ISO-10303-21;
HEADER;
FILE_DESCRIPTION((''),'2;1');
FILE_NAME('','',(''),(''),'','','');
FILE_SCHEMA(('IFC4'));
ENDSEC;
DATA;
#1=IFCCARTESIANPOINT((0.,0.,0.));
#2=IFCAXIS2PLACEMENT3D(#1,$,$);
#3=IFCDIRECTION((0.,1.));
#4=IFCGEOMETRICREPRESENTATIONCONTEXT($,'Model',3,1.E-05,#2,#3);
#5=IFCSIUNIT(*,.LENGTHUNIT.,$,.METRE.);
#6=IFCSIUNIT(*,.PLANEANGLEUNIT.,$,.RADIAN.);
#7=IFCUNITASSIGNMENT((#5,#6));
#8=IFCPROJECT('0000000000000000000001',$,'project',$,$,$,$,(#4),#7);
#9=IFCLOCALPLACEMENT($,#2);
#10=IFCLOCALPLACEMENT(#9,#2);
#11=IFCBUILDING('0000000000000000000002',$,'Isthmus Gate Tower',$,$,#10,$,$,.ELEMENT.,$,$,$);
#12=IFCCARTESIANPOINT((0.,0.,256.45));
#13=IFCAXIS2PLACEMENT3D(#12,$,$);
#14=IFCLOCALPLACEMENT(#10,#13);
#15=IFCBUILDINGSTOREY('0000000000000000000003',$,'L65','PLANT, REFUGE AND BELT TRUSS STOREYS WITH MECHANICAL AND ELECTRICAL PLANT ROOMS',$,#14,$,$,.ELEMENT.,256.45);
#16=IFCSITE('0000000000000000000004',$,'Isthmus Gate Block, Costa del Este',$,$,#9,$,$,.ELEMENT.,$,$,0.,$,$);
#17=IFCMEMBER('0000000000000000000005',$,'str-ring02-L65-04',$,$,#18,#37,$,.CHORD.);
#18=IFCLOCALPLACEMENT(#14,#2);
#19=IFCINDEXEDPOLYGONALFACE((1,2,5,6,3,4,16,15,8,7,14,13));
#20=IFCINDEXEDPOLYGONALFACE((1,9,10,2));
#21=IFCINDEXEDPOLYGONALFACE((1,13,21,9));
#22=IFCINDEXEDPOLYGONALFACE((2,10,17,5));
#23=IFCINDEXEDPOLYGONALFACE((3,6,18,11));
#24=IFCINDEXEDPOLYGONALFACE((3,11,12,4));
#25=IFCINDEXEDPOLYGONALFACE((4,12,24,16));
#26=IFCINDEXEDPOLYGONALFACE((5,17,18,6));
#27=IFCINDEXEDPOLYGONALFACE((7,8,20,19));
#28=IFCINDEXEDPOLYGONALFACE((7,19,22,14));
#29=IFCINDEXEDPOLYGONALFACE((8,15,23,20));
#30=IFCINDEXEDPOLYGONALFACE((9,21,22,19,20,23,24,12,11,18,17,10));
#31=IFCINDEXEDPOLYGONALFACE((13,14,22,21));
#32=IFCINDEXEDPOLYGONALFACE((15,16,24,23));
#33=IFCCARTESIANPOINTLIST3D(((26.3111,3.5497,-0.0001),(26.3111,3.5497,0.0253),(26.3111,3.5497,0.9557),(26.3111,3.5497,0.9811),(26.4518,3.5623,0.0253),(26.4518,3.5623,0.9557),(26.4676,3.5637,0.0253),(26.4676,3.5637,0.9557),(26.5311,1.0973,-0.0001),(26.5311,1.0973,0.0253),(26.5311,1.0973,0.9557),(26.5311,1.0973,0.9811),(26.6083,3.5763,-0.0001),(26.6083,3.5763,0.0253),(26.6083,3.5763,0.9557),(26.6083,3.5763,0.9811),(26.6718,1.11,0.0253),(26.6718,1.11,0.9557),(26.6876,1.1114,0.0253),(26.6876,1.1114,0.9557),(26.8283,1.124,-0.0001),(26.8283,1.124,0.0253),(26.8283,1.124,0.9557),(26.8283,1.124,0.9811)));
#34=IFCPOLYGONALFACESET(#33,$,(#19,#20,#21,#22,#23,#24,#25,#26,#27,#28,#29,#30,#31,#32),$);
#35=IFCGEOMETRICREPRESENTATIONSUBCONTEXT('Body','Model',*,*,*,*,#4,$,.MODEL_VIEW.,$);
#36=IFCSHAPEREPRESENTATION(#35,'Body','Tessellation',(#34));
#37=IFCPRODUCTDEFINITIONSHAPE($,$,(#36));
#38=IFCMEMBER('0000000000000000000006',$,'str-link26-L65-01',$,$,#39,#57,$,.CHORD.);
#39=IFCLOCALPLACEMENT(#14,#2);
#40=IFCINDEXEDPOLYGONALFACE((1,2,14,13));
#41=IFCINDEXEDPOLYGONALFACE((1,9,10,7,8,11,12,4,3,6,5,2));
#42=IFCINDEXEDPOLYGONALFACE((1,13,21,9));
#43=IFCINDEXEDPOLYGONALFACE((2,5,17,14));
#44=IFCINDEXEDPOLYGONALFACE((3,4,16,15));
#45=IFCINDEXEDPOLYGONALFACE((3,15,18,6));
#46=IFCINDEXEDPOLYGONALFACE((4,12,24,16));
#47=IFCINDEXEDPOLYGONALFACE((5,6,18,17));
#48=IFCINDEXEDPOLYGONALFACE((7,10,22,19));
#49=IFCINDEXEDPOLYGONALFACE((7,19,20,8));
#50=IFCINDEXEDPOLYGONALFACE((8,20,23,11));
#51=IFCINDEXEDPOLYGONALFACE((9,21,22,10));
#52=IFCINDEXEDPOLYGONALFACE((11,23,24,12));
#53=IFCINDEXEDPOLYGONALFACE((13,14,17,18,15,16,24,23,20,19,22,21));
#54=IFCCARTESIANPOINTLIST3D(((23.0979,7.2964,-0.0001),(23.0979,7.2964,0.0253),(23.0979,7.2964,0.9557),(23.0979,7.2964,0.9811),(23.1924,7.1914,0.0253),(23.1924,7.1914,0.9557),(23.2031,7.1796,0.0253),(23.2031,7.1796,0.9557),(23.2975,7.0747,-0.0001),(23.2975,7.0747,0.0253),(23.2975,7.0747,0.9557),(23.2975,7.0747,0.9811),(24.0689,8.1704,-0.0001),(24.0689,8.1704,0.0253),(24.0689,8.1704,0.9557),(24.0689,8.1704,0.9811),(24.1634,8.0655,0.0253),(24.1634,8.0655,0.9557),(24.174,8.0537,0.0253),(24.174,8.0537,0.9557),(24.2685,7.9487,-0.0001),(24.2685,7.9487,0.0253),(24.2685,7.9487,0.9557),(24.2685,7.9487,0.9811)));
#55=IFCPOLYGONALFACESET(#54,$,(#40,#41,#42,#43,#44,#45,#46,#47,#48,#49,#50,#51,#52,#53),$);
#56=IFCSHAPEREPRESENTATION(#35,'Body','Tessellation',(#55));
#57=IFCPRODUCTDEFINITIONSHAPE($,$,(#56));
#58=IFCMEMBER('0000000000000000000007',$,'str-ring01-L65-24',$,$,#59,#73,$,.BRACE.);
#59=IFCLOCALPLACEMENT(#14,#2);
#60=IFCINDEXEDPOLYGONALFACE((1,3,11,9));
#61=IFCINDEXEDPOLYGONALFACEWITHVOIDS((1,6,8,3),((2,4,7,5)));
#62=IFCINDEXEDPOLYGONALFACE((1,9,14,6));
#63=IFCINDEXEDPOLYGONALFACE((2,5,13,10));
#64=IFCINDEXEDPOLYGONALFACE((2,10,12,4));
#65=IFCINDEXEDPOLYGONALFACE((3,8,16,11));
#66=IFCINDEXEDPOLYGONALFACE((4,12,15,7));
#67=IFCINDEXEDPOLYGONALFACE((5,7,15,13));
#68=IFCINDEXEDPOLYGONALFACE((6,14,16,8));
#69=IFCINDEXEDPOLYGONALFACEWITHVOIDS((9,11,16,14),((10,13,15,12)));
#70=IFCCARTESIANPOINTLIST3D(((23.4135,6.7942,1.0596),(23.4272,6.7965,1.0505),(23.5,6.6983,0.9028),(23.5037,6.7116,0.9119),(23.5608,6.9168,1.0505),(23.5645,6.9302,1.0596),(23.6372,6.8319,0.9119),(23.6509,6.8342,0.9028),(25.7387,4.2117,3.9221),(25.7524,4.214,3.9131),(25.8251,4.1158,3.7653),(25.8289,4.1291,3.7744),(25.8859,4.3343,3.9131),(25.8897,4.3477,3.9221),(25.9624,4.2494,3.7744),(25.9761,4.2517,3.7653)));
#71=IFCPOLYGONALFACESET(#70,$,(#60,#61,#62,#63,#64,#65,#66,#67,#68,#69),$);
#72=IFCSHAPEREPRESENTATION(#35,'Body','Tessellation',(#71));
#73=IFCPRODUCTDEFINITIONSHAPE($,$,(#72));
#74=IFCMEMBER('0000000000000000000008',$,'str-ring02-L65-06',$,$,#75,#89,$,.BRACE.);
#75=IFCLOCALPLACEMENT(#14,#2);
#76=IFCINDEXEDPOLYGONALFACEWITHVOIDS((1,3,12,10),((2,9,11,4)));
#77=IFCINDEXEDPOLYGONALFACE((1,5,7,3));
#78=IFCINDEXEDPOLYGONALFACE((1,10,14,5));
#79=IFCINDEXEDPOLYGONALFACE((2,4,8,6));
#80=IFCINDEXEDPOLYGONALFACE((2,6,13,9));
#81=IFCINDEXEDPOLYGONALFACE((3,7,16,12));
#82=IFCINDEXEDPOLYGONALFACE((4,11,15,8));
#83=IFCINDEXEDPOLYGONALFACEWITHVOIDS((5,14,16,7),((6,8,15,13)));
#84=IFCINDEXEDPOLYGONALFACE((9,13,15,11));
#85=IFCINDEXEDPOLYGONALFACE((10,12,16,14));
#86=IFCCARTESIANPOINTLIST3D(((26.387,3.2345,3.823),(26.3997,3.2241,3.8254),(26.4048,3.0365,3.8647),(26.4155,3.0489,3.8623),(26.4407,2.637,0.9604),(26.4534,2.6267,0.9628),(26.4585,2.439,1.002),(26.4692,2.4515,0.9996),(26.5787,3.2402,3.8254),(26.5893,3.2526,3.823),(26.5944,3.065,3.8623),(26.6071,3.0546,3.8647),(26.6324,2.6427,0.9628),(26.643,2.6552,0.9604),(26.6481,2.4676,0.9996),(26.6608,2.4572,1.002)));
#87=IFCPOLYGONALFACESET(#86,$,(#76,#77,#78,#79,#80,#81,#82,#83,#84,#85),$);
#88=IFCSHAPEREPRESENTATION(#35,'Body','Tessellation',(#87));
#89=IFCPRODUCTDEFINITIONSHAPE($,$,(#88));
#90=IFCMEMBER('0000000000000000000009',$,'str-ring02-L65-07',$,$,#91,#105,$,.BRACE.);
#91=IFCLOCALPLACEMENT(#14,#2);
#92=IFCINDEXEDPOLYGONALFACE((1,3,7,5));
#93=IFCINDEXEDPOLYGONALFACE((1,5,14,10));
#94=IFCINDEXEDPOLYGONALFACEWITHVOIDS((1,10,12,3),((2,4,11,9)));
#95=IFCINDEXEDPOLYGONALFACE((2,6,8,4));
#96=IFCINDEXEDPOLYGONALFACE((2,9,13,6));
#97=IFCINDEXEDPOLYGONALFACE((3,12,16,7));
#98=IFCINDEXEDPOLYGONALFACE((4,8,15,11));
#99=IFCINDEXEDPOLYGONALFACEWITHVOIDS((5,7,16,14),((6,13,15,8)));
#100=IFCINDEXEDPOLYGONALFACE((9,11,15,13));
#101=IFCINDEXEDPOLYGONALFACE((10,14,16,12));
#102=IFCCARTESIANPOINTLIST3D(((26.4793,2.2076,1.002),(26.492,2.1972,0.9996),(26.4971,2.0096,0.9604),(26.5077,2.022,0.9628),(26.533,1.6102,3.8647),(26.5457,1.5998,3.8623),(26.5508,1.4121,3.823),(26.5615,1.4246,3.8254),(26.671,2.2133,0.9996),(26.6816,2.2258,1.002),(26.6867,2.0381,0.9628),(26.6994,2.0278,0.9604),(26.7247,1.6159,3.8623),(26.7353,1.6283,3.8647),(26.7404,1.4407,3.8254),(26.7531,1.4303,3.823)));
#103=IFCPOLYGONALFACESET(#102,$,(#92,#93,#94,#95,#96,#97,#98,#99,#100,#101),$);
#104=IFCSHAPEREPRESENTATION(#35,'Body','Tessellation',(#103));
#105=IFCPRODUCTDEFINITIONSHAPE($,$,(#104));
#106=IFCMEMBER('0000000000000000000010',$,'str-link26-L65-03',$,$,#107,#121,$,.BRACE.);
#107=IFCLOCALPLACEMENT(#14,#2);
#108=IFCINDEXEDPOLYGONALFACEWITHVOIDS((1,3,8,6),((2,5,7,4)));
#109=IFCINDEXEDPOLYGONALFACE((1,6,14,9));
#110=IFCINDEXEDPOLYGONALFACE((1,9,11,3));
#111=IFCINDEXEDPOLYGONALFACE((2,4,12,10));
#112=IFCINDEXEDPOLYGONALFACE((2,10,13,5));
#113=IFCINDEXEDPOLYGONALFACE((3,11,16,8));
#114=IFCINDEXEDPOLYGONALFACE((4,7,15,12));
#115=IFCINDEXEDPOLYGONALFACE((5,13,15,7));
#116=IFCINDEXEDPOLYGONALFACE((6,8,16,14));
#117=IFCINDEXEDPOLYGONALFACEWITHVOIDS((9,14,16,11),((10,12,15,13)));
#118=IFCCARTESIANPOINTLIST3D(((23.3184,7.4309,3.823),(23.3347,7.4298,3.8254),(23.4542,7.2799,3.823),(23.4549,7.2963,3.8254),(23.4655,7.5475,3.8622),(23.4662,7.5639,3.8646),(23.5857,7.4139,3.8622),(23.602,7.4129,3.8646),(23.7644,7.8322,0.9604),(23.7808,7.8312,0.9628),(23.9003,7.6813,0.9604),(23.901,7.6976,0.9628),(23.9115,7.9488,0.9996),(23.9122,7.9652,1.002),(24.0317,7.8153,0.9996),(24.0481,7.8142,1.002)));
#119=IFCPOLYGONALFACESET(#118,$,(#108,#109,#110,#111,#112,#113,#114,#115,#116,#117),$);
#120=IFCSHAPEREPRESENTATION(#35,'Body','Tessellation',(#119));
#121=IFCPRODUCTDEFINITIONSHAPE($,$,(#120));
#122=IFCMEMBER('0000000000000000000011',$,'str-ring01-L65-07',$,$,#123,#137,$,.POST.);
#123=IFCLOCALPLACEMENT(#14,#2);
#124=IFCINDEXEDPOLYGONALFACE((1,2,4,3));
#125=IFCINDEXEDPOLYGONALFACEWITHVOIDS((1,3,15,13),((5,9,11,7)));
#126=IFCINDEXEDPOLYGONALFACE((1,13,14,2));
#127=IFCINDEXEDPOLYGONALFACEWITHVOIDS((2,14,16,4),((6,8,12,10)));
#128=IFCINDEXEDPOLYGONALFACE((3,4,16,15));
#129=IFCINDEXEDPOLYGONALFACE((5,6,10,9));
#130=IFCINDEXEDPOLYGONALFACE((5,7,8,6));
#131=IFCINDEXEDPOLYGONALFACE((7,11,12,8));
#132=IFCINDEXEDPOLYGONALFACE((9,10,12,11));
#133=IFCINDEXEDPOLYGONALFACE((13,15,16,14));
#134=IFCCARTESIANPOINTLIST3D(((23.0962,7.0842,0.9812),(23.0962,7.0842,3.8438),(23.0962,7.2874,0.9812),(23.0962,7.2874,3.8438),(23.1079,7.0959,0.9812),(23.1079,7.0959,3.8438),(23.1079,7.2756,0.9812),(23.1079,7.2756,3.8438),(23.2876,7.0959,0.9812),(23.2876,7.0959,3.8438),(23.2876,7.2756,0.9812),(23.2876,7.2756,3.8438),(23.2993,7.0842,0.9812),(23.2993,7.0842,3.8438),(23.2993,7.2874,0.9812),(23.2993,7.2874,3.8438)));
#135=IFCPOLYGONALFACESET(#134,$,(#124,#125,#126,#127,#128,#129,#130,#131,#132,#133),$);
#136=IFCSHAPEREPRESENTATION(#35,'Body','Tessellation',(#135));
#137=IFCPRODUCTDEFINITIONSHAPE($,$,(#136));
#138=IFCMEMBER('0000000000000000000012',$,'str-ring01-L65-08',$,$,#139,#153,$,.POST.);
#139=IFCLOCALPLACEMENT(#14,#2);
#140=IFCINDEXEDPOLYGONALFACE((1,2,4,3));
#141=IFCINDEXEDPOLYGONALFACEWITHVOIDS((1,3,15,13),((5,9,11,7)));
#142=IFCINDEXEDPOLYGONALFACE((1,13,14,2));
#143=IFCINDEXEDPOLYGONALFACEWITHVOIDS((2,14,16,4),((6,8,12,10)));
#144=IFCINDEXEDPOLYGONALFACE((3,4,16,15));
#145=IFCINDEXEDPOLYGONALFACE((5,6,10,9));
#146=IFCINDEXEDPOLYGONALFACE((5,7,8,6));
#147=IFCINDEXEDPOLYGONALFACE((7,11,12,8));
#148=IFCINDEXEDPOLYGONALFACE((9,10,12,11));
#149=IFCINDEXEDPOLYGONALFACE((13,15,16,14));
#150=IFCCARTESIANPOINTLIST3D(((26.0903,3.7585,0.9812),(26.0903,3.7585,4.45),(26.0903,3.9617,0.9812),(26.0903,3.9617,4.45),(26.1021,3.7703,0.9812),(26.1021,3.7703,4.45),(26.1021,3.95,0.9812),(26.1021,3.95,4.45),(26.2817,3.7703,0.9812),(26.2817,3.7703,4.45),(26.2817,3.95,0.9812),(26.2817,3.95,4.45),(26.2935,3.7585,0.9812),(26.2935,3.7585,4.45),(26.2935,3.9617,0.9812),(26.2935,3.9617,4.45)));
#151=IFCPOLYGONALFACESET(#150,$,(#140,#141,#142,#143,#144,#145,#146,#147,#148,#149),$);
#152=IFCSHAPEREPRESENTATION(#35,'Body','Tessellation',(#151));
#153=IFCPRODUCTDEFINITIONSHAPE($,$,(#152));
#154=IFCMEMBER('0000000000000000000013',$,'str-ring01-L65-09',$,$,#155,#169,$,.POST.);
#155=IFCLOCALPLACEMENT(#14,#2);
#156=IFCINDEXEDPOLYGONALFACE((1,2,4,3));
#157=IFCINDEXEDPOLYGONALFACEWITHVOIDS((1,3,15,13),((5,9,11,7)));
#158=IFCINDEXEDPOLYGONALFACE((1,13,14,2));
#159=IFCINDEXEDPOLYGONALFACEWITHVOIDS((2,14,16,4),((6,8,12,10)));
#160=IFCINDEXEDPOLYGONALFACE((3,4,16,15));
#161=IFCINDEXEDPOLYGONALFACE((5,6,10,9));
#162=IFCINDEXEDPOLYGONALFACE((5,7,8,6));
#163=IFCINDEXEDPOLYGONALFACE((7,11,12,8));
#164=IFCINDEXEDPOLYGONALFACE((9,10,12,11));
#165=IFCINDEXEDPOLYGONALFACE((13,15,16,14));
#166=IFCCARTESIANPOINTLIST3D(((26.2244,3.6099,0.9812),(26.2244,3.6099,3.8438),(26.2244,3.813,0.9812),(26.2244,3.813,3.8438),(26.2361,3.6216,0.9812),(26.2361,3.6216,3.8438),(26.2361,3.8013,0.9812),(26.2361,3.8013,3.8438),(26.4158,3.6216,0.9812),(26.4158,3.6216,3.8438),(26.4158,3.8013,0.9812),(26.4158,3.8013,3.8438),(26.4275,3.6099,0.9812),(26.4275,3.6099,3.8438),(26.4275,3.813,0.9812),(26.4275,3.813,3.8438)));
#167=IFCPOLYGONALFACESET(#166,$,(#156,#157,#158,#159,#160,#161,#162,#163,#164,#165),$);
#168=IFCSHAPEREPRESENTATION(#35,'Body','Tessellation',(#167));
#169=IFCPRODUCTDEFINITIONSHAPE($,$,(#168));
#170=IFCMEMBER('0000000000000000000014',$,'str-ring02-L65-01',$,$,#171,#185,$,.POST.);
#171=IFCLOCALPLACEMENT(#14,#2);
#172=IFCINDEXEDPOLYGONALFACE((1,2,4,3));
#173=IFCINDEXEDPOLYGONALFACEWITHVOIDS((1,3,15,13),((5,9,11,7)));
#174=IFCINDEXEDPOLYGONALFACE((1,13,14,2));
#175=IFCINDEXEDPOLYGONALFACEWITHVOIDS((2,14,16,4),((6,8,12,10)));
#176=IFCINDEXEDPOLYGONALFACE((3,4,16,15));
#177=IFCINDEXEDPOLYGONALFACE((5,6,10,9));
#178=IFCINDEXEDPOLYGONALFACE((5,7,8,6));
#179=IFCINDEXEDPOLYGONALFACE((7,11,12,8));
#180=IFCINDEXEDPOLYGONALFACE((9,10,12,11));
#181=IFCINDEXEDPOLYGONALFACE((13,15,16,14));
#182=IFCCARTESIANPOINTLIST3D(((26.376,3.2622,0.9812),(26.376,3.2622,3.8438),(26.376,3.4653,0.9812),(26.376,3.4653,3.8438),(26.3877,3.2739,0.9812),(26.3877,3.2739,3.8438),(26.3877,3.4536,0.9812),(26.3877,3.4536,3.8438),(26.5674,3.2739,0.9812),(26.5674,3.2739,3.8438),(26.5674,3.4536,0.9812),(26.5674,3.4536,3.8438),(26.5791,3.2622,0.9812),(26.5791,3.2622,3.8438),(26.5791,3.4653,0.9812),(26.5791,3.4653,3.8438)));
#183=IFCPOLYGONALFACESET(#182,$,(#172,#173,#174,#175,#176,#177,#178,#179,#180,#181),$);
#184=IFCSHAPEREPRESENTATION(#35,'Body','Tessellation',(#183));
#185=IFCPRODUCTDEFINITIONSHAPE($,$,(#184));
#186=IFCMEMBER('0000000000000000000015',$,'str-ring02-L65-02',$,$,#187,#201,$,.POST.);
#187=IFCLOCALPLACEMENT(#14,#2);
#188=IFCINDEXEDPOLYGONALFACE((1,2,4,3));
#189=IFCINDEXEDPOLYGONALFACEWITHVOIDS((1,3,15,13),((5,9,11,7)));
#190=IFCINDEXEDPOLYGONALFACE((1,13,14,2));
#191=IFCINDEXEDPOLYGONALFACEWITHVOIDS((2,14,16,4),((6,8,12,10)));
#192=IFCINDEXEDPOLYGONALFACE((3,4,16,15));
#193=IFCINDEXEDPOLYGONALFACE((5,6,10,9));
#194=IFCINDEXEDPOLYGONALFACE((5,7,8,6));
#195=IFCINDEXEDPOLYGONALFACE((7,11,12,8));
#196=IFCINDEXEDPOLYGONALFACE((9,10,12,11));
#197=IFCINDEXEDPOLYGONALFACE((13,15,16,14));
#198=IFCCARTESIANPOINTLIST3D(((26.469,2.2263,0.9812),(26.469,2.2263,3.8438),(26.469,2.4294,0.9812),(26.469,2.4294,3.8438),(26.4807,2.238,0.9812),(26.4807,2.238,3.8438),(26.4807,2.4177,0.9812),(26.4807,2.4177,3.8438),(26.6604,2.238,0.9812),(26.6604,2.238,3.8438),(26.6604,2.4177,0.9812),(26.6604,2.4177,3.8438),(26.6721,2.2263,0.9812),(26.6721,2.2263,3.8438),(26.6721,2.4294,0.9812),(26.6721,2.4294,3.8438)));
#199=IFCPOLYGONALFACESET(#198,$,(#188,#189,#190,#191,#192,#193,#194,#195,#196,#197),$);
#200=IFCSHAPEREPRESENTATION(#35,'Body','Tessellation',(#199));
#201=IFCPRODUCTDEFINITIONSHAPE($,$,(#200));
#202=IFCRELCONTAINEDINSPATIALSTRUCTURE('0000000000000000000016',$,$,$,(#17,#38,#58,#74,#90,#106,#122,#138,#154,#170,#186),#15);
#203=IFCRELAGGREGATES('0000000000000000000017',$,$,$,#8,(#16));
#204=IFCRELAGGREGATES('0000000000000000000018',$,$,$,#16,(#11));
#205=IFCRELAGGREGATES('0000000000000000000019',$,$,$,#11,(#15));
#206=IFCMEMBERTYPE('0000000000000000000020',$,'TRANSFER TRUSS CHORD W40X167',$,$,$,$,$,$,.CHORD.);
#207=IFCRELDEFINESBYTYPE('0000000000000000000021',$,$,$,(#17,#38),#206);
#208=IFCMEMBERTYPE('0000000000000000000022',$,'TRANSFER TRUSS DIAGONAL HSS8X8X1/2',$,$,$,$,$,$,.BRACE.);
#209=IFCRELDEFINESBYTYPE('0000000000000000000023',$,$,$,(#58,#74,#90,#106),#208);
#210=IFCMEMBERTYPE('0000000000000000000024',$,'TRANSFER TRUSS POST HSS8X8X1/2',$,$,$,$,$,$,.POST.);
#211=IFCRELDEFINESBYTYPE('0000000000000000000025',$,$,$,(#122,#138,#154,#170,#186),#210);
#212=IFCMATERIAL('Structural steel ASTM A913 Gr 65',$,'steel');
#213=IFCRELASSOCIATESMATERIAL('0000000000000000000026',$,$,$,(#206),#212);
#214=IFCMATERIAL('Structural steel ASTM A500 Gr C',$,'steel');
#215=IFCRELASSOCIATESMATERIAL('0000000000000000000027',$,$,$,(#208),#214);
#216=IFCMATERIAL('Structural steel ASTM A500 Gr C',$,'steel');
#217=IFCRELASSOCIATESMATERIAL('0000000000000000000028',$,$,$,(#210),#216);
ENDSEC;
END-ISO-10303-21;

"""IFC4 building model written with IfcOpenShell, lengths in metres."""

from ifc_helpers import new_model, si_unit, direction, frame, origin, origin_2d, place, context, subcontext, project, spatial, hollow_rectangle, i_section, extrude, material, material_profile, profile_set, type_object, element, save


model = new_model("IFC4")

# Units and contexts
model_context = context("Model", 3, precision=1e-05, world=origin(), true_north=direction((0.0, 1.0)))
body_context = subcontext(model_context, "Body", "Model", "MODEL_VIEW")
ifc_project = project(units=[si_unit("LENGTHUNIT", "METRE"), si_unit("PLANEANGLEUNIT", "RADIAN")], contexts=[model_context])

# Site, building, storey
site_placement = place(None, origin())
site = spatial("IfcSite", under=ifc_project, at=site_placement, Name="Isthmus Gate Block, Costa del Este", CompositionType="ELEMENT", RefElevation=0.0)
building_placement = place(site_placement, origin())
building = spatial("IfcBuilding", under=site, at=building_placement, Name="Isthmus Gate Tower", CompositionType="ELEMENT")
storey_placement = place(building_placement, frame((0.0, 0.0, 256.45)))
storey = spatial("IfcBuildingStorey", under=building, at=storey_placement, Name="L65", Description="PLANT, REFUGE AND BELT TRUSS STOREYS WITH MECHANICAL AND ELECTRICAL PLANT ROOMS", CompositionType="ELEMENT", Elevation=256.45)

# Members
ifc_material_1 = material(Name="Structural steel ASTM A913 Gr 65", Category="steel")
ifc_material_profile_1 = material_profile(ifc_material_1, i_section(OverallWidth=0.2983, OverallDepth=0.9812, WebThickness=0.0159, FlangeThickness=0.0254, at=origin_2d()), Name="W40X167")
ifc_profile_set_1 = profile_set([ifc_material_profile_1], Name="Structural steel ASTM A913 Gr 65")
member_type_1 = type_object("IfcMemberType", Name="TRANSFER TRUSS CHORD W40X167", PredefinedType="CHORD", material=ifc_profile_set_1)
member_1_placement = place(storey_placement, frame((26.4597, 3.563, 0.4905), z_axis=(0.089338, -0.996001, 0.0), x_axis=(0.996001, 0.089338, 0.0)))
element("IfcMember", 1, at=member_1_placement, inside=storey, type_object=member_type_1, Name="str-ring02-L65-04", PredefinedType="CHORD", context=body_context, shape_type="SweptSolid", body=[
    extrude(i_section(OverallWidth=0.2983, OverallDepth=0.9812, WebThickness=0.0159, FlangeThickness=0.0254, at=origin_2d()), origin(), (0.0, 0.0, 1.0), 2.4622),
])
member_2_placement = place(storey_placement, frame((24.1687, 8.0596, 0.4905), z_axis=(-0.743229, -0.669037, 0.0), x_axis=(0.669037, -0.743229, 0.0)))
element("IfcMember", 2, at=member_2_placement, inside=storey, type_object=member_type_1, Name="str-link26-L65-01", PredefinedType="CHORD", context=body_context, shape_type="SweptSolid", body=[
    extrude(i_section(OverallWidth=0.2983, OverallDepth=0.9812, WebThickness=0.0159, FlangeThickness=0.0254, at=origin_2d()), origin(), (0.0, 0.0, 1.0), 1.3064),
])
ifc_material_2 = material(Name="Structural steel ASTM A500 Gr C", Category="steel")
ifc_material_profile_2 = material_profile(ifc_material_2, hollow_rectangle(XDim=0.2031, YDim=0.2031, WallThickness=0.0117, at=origin_2d()), Name="HSS8X8X1/2")
ifc_profile_set_2 = profile_set([ifc_material_profile_2], Name="Structural steel ASTM A500 Gr C")
member_type_2 = type_object("IfcMemberType", Name="TRANSFER TRUSS DIAGONAL HSS8X8X1/2", PredefinedType="BRACE", material=ifc_profile_set_2)
member_3_placement = place(storey_placement, frame((23.5322, 6.8142, 0.9812), z_axis=(0.516453, -0.573608, 0.635806), x_axis=(0.743161, 0.669112, 0.0)))
element("IfcMember", 3, at=member_3_placement, inside=storey, type_object=member_type_2, Name="str-ring01-L65-24", PredefinedType="BRACE", context=body_context, shape_type="SweptSolid", body=[
    extrude(hollow_rectangle(XDim=0.2031, YDim=0.2031, WallThickness=0.0117, at=origin_2d()), origin(), (0.0, 0.0, 1.0), 4.5022),
])
for number, where, z_axis, x_axis, name in (
    (4, (26.5508, 2.5471, 0.9812), (-0.018364, 0.204263, 0.978744), (-0.995983, -0.089545, 0.0), "str-ring02-L65-06"),
    (5, (26.5894, 2.1177, 0.9812), (0.018364, -0.204263, 0.978744), (0.995983, 0.089545, 0.0), "str-ring02-L65-07"),
    (6, (23.9062, 7.8232, 0.9812), (-0.152506, -0.137231, 0.978729), (0.668897, -0.743355, 0.0), "str-link26-L65-03"),
):
    element("IfcMember", number, at=place(storey_placement, frame(where, z_axis=z_axis, x_axis=x_axis)), inside=storey, type_object=member_type_2, Name=name, PredefinedType="BRACE", context=body_context, shape_type="SweptSolid", body=[
        extrude(hollow_rectangle(XDim=0.2031, YDim=0.2031, WallThickness=0.0117, at=origin_2d()), origin(), (0.0, 0.0, 1.0), 2.9248),
    ])
ifc_material_3 = material(Name="Structural steel ASTM A500 Gr C", Category="steel")
ifc_material_profile_3 = material_profile(ifc_material_3, hollow_rectangle(XDim=0.2031, YDim=0.2031, WallThickness=0.0117, at=origin_2d()), Name="HSS8X8X1/2")
ifc_profile_set_3 = profile_set([ifc_material_profile_3], Name="Structural steel ASTM A500 Gr C")
member_type_3 = type_object("IfcMemberType", Name="TRANSFER TRUSS POST HSS8X8X1/2", PredefinedType="POST", material=ifc_profile_set_3)
member_4_placement = place(storey_placement, frame((23.1978, 7.1858, 0.9812), z_axis=(0.0, 0.0, 1.0), x_axis=(1.0, 0.0, 0.0)))
element("IfcMember", 7, at=member_4_placement, inside=storey, type_object=member_type_3, Name="str-ring01-L65-07", PredefinedType="POST", context=body_context, shape_type="SweptSolid", body=[
    extrude(hollow_rectangle(XDim=0.2031, YDim=0.2031, WallThickness=0.0117, at=origin_2d()), origin(), (0.0, 0.0, 1.0), 2.8625),
])
member_5_placement = place(storey_placement, frame((26.1919, 3.8601, 0.9812), z_axis=(0.0, 0.0, 1.0), x_axis=(1.0, 0.0, 0.0)))
element("IfcMember", 8, at=member_5_placement, inside=storey, type_object=member_type_3, Name="str-ring01-L65-08", PredefinedType="POST", context=body_context, shape_type="SweptSolid", body=[
    extrude(hollow_rectangle(XDim=0.2031, YDim=0.2031, WallThickness=0.0117, at=origin_2d()), origin(), (0.0, 0.0, 1.0), 3.4688),
])
for number, where, z_axis, x_axis, name in (
    (9, (26.3259, 3.7114, 0.9812), (0.0, 0.0, 1.0), (1.0, 0.0, 0.0), "str-ring01-L65-09"),
    (10, (26.4775, 3.3638, 0.9812), (0.0, 0.0, 1.0), (1.0, 0.0, 0.0), "str-ring02-L65-01"),
    (11, (26.5706, 2.3279, 0.9812), (0.0, 0.0, 1.0), (1.0, 0.0, 0.0), "str-ring02-L65-02"),
):
    element("IfcMember", number, at=place(storey_placement, frame(where, z_axis=z_axis, x_axis=x_axis)), inside=storey, type_object=member_type_3, Name=name, PredefinedType="POST", context=body_context, shape_type="SweptSolid", body=[
        extrude(hollow_rectangle(XDim=0.2031, YDim=0.2031, WallThickness=0.0117, at=origin_2d()), origin(), (0.0, 0.0, 1.0), 2.8625),
    ])

save(model, "model.ifc")
